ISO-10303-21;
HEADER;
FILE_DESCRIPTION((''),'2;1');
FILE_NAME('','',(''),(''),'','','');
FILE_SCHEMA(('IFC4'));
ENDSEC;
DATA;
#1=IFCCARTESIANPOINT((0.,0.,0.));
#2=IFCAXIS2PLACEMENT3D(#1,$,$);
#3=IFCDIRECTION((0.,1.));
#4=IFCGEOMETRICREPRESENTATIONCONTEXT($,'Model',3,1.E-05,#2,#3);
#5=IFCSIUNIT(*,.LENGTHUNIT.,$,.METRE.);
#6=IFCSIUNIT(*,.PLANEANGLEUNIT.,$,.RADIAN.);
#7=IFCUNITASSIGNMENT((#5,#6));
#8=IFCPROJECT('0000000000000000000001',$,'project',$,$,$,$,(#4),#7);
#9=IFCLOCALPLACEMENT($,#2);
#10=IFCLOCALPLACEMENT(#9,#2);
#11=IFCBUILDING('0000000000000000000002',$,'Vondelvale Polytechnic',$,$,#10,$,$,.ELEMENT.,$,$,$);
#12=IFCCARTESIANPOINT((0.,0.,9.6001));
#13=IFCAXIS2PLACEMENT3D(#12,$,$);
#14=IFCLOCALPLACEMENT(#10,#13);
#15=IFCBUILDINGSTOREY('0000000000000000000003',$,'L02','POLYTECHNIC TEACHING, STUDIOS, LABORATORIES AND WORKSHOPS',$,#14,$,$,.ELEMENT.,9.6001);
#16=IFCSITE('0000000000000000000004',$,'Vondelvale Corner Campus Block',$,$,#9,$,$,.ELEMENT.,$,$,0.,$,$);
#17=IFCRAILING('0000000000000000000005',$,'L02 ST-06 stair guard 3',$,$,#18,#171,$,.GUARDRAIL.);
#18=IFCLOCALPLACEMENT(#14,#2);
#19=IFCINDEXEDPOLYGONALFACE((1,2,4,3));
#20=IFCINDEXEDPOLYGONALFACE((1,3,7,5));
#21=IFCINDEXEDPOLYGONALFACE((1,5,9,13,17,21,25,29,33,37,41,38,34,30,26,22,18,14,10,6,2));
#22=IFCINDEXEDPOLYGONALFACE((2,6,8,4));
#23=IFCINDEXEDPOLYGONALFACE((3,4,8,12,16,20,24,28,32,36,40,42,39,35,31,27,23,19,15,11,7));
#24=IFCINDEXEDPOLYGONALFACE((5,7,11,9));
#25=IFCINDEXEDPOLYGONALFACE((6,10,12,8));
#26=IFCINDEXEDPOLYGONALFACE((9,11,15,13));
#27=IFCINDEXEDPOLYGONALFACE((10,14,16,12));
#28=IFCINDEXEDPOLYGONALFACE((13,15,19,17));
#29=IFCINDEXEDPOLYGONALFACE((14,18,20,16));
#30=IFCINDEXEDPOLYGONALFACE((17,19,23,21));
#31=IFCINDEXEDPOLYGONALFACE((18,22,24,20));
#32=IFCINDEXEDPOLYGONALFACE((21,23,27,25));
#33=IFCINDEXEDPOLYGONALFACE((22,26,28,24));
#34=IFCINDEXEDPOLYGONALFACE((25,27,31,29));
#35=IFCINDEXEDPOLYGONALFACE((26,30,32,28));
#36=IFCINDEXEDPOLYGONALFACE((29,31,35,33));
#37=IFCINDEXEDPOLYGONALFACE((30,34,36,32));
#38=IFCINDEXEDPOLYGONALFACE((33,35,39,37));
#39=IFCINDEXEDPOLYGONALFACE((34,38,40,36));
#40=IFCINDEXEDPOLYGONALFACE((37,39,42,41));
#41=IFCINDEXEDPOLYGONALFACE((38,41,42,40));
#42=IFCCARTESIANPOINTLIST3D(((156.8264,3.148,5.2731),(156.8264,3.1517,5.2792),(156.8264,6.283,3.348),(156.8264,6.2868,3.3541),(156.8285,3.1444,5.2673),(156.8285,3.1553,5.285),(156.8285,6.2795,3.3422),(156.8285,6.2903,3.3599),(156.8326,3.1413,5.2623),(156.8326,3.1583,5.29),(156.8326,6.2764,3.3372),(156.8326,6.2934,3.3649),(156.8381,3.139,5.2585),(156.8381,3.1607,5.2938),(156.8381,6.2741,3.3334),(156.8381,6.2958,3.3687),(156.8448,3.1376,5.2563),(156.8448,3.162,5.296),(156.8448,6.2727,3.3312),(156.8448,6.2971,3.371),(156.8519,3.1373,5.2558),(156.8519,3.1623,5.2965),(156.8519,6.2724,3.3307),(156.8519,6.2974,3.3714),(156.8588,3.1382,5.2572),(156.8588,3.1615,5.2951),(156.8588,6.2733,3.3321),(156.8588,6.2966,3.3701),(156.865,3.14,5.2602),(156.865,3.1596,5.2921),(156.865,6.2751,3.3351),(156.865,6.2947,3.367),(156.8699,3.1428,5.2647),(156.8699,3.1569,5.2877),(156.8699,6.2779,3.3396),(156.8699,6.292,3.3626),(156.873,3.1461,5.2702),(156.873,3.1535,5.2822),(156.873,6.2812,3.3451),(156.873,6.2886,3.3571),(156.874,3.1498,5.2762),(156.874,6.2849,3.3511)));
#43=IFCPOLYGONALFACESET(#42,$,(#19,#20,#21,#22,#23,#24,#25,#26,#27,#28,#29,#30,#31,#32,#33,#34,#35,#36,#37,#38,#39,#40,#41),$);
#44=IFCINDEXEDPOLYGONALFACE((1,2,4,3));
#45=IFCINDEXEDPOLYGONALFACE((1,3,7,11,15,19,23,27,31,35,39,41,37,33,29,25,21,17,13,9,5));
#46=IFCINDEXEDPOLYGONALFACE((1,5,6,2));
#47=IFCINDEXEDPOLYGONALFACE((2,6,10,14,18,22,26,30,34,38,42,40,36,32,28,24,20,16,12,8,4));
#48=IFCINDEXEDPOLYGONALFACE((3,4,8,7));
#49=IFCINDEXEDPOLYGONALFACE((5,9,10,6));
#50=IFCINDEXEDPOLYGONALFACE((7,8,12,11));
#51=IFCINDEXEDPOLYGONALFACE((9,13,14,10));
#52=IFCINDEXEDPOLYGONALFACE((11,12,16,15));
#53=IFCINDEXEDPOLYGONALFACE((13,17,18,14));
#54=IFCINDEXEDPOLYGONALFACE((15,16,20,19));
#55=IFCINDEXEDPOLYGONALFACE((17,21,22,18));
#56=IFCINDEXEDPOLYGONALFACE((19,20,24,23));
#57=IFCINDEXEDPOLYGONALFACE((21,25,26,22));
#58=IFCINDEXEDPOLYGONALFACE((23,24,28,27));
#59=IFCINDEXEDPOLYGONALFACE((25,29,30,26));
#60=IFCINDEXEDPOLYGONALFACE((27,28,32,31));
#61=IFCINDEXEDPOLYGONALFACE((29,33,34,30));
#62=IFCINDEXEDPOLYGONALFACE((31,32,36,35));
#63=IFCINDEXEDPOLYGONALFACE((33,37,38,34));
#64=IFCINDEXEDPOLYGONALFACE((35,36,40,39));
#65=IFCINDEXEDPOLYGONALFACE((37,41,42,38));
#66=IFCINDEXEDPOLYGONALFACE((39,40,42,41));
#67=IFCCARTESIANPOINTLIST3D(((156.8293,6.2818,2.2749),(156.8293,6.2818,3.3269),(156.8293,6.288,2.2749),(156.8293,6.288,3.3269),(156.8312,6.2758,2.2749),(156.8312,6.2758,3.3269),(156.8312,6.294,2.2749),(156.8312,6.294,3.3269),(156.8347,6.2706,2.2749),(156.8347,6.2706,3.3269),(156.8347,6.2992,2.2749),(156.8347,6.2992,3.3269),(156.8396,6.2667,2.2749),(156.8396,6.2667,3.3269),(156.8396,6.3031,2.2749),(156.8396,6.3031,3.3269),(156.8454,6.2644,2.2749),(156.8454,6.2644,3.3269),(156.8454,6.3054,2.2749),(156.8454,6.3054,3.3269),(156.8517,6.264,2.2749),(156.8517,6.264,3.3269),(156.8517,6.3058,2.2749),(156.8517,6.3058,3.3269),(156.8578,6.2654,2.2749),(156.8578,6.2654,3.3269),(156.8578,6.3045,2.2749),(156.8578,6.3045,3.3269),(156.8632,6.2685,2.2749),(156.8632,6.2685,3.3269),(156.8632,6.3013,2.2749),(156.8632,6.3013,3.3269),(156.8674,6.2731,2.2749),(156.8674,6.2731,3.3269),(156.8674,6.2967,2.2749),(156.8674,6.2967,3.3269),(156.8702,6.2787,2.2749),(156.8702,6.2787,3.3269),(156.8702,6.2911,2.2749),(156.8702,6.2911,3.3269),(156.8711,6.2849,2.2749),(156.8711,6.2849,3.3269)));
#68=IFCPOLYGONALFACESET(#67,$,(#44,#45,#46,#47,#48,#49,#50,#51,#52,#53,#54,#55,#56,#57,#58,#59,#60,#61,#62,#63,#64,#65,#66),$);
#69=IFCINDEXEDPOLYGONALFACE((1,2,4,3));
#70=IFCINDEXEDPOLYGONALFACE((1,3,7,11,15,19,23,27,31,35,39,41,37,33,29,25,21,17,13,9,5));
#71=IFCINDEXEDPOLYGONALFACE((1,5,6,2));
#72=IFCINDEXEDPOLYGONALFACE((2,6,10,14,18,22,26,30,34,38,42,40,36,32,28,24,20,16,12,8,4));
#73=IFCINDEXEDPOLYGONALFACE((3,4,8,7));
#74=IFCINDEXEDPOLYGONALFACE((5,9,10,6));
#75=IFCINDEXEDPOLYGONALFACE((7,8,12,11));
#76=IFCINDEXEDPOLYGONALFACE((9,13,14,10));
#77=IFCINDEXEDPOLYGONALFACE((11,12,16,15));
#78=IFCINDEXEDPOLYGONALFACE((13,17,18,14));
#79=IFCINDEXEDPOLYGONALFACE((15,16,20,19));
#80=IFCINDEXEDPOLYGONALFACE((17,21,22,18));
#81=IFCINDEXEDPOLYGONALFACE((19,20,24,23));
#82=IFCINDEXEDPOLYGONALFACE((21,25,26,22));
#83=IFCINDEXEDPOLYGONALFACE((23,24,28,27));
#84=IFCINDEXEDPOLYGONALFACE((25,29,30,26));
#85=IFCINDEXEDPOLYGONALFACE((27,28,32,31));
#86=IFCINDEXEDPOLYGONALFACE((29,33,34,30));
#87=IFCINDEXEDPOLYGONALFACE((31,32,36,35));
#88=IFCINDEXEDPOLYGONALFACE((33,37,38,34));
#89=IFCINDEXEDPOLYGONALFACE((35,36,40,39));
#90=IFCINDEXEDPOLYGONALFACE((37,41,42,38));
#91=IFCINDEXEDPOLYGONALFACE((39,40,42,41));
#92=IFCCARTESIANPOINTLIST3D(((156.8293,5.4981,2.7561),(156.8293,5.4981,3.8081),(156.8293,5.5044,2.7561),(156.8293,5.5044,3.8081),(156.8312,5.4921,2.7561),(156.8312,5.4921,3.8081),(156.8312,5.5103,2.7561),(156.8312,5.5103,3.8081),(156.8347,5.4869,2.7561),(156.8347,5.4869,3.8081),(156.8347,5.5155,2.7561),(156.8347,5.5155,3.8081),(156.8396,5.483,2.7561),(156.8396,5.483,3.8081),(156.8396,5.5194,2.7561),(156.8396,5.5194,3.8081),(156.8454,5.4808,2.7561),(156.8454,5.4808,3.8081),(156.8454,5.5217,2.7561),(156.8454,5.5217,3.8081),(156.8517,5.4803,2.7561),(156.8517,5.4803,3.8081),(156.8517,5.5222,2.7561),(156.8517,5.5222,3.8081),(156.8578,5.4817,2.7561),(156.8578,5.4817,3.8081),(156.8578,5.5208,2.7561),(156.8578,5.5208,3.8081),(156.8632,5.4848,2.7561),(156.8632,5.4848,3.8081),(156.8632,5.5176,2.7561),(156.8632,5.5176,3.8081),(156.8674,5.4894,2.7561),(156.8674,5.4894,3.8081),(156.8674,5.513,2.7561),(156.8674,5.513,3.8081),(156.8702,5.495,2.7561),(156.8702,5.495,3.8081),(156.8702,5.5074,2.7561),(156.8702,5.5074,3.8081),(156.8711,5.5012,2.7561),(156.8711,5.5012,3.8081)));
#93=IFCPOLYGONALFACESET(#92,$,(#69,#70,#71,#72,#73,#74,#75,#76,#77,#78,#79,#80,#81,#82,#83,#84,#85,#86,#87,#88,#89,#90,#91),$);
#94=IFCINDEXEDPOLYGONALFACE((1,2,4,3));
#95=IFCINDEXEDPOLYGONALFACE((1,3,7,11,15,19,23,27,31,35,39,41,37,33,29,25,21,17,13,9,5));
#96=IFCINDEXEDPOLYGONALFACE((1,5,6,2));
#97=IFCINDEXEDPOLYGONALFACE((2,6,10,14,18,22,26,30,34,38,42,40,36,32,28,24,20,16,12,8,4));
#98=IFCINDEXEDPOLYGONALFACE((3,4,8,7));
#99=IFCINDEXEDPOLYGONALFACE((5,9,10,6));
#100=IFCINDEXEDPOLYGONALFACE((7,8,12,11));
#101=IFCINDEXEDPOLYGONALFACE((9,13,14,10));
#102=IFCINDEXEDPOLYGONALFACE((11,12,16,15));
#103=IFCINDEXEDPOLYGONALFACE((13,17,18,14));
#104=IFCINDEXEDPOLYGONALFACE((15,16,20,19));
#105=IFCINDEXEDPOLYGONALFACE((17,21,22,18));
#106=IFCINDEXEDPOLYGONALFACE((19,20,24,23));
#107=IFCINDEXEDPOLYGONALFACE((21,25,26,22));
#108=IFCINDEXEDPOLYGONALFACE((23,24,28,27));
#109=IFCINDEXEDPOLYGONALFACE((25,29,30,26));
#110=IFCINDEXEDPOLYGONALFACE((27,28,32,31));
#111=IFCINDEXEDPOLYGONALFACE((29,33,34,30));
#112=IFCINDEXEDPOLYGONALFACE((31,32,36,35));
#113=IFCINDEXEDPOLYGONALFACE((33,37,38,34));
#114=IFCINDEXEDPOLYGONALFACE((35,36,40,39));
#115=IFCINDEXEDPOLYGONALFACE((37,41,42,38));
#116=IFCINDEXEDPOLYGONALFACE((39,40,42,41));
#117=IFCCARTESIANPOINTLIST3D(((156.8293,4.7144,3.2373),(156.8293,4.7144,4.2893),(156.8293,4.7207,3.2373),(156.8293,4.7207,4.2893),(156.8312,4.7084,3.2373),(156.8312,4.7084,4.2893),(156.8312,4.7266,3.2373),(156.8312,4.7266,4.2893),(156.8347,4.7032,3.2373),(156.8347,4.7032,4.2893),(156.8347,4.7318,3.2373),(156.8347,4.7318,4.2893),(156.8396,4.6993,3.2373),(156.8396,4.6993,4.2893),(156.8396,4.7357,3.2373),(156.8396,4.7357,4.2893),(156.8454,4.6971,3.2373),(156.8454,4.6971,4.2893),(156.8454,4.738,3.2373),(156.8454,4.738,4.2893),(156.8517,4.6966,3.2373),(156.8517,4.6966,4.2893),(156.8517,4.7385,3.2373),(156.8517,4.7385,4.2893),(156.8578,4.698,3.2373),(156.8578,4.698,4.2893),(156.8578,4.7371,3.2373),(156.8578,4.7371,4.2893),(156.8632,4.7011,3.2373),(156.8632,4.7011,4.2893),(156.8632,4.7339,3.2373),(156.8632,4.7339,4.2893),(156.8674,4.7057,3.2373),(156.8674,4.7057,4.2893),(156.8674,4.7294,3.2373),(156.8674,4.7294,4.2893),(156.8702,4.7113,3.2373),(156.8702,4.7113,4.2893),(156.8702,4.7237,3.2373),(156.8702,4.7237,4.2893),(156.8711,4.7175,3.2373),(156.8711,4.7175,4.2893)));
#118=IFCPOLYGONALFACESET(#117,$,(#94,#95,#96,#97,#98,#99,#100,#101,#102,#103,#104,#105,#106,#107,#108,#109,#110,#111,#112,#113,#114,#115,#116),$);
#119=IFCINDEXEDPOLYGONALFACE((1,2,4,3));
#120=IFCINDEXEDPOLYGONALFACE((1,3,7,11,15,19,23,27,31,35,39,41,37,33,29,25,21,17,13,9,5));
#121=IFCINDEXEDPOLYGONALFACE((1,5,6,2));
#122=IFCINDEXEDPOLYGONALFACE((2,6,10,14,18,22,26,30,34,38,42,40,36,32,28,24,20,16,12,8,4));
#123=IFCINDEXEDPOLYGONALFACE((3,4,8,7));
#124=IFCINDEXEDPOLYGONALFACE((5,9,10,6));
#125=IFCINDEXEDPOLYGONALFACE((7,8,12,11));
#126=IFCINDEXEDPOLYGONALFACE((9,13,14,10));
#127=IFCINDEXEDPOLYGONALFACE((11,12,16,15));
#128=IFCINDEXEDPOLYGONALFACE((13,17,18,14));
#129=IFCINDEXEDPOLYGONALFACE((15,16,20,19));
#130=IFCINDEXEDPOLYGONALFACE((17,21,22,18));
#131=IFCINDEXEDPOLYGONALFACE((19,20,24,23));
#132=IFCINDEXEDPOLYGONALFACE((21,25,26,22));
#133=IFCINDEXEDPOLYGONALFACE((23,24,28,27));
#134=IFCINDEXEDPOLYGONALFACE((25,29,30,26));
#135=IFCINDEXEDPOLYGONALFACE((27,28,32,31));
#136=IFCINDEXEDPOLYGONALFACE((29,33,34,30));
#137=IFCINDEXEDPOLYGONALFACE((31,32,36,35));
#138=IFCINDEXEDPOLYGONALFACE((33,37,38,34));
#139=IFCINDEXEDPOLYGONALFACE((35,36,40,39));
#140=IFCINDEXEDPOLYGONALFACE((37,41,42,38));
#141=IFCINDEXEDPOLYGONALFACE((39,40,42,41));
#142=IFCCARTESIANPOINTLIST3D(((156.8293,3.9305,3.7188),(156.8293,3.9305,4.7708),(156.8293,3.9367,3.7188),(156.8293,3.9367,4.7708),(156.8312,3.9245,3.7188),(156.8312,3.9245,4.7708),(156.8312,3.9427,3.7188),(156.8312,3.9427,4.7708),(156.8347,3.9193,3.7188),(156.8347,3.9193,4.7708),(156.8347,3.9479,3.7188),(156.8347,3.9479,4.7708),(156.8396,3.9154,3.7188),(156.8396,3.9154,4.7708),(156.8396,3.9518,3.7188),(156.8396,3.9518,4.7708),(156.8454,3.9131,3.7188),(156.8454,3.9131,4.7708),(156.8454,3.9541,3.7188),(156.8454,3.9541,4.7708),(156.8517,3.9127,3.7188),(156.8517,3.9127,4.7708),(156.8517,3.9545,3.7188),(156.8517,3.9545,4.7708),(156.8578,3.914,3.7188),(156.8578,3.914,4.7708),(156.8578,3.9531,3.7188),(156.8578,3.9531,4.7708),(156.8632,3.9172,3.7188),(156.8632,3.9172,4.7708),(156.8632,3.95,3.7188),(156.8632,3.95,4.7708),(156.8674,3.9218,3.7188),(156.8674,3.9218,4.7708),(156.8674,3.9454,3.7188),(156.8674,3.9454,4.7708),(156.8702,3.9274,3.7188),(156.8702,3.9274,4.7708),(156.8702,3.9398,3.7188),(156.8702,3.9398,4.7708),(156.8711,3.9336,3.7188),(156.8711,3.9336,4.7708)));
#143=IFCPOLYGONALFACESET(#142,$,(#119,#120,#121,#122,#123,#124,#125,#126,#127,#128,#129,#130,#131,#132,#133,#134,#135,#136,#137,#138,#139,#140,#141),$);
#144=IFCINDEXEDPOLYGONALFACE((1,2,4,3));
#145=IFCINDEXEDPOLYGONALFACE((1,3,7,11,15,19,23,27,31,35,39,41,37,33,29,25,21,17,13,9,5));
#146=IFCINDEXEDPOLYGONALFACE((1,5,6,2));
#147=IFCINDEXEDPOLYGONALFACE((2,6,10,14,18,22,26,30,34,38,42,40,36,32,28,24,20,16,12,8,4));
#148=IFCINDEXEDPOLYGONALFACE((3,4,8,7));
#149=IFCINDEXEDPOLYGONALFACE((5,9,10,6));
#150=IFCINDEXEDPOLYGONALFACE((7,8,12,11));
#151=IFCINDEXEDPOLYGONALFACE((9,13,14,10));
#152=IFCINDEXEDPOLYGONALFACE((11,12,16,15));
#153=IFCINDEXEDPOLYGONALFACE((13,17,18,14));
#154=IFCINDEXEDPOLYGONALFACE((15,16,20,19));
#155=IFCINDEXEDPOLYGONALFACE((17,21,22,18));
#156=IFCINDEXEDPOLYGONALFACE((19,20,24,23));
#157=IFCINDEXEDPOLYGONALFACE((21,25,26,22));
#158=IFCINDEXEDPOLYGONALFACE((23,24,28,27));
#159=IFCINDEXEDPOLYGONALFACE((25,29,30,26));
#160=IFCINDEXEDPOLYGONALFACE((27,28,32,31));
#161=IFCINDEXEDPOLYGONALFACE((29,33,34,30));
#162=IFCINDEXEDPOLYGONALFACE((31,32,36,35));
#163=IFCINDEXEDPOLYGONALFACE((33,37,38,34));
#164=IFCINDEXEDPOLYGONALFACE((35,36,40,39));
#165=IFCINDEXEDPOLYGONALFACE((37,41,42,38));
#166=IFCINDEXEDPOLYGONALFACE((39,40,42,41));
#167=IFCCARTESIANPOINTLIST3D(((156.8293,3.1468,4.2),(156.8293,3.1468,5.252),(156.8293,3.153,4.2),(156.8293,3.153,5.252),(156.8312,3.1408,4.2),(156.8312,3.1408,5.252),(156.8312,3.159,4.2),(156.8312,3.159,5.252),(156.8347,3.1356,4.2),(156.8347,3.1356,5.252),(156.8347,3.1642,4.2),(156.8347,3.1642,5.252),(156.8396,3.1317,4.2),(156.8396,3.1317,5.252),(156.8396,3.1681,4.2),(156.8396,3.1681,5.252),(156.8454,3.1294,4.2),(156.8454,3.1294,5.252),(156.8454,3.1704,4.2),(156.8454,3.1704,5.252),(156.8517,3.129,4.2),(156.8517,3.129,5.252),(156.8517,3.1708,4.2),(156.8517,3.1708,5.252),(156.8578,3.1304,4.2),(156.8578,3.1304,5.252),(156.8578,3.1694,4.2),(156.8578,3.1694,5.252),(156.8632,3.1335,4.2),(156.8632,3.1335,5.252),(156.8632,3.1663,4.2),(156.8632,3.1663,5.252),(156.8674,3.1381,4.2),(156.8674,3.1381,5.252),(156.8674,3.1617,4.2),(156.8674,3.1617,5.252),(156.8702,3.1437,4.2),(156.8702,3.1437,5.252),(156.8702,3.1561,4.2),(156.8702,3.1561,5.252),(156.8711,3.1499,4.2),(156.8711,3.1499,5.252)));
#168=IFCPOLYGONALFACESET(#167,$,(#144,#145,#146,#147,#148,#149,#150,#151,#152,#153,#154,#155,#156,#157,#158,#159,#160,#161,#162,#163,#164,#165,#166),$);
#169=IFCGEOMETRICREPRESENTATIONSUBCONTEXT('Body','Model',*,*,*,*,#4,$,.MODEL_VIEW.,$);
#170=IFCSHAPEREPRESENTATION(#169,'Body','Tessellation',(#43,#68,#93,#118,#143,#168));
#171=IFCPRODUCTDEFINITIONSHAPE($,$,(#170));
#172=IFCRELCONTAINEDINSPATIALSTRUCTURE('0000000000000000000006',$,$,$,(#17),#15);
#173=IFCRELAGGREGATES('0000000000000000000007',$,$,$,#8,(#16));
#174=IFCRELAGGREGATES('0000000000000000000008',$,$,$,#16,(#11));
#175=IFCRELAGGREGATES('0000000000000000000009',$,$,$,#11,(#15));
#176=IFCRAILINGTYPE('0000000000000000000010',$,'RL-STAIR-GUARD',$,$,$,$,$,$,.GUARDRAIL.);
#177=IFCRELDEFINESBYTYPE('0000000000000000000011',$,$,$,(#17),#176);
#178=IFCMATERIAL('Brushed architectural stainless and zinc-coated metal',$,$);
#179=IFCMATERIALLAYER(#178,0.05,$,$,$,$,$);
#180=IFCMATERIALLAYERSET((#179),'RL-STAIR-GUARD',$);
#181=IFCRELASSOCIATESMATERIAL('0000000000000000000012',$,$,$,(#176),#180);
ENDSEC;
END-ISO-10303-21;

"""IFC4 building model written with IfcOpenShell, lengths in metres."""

from ifc_helpers import new_model, si_unit, direction, frame, origin, origin_2d, place, context, subcontext, project, spatial, circle, extrude, material, layer, layer_set, type_object, element, save


model = new_model("IFC4")

# Units and contexts
model_context = context("Model", 3, precision=1e-05, world=origin(), true_north=direction((0.0, 1.0)))
body_context = subcontext(model_context, "Body", "Model", "MODEL_VIEW")
ifc_project = project(units=[si_unit("LENGTHUNIT", "METRE"), si_unit("PLANEANGLEUNIT", "RADIAN")], contexts=[model_context])

# Site, building, storey
site_placement = place(None, origin())
site = spatial("IfcSite", under=ifc_project, at=site_placement, Name="Vondelvale Corner Campus Block", CompositionType="ELEMENT", RefElevation=0.0)
building_placement = place(site_placement, origin())
building = spatial("IfcBuilding", under=site, at=building_placement, Name="Vondelvale Polytechnic", CompositionType="ELEMENT")
storey_placement = place(building_placement, frame((0.0, 0.0, 9.6001)))
storey = spatial("IfcBuildingStorey", under=building, at=storey_placement, Name="L02", Description="POLYTECHNIC TEACHING, STUDIOS, LABORATORIES AND WORKSHOPS", CompositionType="ELEMENT", Elevation=9.6001)

# Railing
ifc_material_1 = material(Name="Brushed architectural stainless and zinc-coated metal")
ifc_layer_1 = layer(ifc_material_1, 0.05)
ifc_layer_set_1 = layer_set([ifc_layer_1], Name="RL-STAIR-GUARD")
railing_type_1 = type_object("IfcRailingType", Name="RL-STAIR-GUARD", PredefinedType="GUARDRAIL", material=ifc_layer_set_1)
railing_1_placement = place(storey_placement, frame((156.8501, 6.2849, 2.2749)))
element("IfcRailing", 1, at=railing_1_placement, inside=storey, type_object=railing_type_1, Name="L02 ST-06 stair guard 3", PredefinedType="GUARDRAIL", context=body_context, shape_type="SweptSolid", body=[
    extrude(circle(Radius=0.0239, at=origin_2d()), frame((0.0, 0.0, 1.0762), z_axis=(0.0, -0.852166, 0.523271), x_axis=(1.0, 0.0, 0.0)), (0.0, 0.0, 1.0), 3.679),
    extrude(circle(Radius=0.021, at=origin_2d()), origin(), (0.0, 0.0, 1.0), 1.052),
    extrude(circle(Radius=0.021, at=origin_2d()), frame((0.0, -0.7837, 0.4812)), (0.0, 0.0, 1.0), 1.052),
    extrude(circle(Radius=0.021, at=origin_2d()), frame((0.0, -1.5674, 0.9624)), (0.0, 0.0, 1.0), 1.052),
    extrude(circle(Radius=0.021, at=origin_2d()), frame((0.0, -2.3513, 1.4438)), (0.0, 0.0, 1.0), 1.052),
    extrude(circle(Radius=0.021, at=origin_2d()), frame((0.0, -3.135, 1.925)), (0.0, 0.0, 1.0), 1.052),
])

save(model, "model.ifc")
